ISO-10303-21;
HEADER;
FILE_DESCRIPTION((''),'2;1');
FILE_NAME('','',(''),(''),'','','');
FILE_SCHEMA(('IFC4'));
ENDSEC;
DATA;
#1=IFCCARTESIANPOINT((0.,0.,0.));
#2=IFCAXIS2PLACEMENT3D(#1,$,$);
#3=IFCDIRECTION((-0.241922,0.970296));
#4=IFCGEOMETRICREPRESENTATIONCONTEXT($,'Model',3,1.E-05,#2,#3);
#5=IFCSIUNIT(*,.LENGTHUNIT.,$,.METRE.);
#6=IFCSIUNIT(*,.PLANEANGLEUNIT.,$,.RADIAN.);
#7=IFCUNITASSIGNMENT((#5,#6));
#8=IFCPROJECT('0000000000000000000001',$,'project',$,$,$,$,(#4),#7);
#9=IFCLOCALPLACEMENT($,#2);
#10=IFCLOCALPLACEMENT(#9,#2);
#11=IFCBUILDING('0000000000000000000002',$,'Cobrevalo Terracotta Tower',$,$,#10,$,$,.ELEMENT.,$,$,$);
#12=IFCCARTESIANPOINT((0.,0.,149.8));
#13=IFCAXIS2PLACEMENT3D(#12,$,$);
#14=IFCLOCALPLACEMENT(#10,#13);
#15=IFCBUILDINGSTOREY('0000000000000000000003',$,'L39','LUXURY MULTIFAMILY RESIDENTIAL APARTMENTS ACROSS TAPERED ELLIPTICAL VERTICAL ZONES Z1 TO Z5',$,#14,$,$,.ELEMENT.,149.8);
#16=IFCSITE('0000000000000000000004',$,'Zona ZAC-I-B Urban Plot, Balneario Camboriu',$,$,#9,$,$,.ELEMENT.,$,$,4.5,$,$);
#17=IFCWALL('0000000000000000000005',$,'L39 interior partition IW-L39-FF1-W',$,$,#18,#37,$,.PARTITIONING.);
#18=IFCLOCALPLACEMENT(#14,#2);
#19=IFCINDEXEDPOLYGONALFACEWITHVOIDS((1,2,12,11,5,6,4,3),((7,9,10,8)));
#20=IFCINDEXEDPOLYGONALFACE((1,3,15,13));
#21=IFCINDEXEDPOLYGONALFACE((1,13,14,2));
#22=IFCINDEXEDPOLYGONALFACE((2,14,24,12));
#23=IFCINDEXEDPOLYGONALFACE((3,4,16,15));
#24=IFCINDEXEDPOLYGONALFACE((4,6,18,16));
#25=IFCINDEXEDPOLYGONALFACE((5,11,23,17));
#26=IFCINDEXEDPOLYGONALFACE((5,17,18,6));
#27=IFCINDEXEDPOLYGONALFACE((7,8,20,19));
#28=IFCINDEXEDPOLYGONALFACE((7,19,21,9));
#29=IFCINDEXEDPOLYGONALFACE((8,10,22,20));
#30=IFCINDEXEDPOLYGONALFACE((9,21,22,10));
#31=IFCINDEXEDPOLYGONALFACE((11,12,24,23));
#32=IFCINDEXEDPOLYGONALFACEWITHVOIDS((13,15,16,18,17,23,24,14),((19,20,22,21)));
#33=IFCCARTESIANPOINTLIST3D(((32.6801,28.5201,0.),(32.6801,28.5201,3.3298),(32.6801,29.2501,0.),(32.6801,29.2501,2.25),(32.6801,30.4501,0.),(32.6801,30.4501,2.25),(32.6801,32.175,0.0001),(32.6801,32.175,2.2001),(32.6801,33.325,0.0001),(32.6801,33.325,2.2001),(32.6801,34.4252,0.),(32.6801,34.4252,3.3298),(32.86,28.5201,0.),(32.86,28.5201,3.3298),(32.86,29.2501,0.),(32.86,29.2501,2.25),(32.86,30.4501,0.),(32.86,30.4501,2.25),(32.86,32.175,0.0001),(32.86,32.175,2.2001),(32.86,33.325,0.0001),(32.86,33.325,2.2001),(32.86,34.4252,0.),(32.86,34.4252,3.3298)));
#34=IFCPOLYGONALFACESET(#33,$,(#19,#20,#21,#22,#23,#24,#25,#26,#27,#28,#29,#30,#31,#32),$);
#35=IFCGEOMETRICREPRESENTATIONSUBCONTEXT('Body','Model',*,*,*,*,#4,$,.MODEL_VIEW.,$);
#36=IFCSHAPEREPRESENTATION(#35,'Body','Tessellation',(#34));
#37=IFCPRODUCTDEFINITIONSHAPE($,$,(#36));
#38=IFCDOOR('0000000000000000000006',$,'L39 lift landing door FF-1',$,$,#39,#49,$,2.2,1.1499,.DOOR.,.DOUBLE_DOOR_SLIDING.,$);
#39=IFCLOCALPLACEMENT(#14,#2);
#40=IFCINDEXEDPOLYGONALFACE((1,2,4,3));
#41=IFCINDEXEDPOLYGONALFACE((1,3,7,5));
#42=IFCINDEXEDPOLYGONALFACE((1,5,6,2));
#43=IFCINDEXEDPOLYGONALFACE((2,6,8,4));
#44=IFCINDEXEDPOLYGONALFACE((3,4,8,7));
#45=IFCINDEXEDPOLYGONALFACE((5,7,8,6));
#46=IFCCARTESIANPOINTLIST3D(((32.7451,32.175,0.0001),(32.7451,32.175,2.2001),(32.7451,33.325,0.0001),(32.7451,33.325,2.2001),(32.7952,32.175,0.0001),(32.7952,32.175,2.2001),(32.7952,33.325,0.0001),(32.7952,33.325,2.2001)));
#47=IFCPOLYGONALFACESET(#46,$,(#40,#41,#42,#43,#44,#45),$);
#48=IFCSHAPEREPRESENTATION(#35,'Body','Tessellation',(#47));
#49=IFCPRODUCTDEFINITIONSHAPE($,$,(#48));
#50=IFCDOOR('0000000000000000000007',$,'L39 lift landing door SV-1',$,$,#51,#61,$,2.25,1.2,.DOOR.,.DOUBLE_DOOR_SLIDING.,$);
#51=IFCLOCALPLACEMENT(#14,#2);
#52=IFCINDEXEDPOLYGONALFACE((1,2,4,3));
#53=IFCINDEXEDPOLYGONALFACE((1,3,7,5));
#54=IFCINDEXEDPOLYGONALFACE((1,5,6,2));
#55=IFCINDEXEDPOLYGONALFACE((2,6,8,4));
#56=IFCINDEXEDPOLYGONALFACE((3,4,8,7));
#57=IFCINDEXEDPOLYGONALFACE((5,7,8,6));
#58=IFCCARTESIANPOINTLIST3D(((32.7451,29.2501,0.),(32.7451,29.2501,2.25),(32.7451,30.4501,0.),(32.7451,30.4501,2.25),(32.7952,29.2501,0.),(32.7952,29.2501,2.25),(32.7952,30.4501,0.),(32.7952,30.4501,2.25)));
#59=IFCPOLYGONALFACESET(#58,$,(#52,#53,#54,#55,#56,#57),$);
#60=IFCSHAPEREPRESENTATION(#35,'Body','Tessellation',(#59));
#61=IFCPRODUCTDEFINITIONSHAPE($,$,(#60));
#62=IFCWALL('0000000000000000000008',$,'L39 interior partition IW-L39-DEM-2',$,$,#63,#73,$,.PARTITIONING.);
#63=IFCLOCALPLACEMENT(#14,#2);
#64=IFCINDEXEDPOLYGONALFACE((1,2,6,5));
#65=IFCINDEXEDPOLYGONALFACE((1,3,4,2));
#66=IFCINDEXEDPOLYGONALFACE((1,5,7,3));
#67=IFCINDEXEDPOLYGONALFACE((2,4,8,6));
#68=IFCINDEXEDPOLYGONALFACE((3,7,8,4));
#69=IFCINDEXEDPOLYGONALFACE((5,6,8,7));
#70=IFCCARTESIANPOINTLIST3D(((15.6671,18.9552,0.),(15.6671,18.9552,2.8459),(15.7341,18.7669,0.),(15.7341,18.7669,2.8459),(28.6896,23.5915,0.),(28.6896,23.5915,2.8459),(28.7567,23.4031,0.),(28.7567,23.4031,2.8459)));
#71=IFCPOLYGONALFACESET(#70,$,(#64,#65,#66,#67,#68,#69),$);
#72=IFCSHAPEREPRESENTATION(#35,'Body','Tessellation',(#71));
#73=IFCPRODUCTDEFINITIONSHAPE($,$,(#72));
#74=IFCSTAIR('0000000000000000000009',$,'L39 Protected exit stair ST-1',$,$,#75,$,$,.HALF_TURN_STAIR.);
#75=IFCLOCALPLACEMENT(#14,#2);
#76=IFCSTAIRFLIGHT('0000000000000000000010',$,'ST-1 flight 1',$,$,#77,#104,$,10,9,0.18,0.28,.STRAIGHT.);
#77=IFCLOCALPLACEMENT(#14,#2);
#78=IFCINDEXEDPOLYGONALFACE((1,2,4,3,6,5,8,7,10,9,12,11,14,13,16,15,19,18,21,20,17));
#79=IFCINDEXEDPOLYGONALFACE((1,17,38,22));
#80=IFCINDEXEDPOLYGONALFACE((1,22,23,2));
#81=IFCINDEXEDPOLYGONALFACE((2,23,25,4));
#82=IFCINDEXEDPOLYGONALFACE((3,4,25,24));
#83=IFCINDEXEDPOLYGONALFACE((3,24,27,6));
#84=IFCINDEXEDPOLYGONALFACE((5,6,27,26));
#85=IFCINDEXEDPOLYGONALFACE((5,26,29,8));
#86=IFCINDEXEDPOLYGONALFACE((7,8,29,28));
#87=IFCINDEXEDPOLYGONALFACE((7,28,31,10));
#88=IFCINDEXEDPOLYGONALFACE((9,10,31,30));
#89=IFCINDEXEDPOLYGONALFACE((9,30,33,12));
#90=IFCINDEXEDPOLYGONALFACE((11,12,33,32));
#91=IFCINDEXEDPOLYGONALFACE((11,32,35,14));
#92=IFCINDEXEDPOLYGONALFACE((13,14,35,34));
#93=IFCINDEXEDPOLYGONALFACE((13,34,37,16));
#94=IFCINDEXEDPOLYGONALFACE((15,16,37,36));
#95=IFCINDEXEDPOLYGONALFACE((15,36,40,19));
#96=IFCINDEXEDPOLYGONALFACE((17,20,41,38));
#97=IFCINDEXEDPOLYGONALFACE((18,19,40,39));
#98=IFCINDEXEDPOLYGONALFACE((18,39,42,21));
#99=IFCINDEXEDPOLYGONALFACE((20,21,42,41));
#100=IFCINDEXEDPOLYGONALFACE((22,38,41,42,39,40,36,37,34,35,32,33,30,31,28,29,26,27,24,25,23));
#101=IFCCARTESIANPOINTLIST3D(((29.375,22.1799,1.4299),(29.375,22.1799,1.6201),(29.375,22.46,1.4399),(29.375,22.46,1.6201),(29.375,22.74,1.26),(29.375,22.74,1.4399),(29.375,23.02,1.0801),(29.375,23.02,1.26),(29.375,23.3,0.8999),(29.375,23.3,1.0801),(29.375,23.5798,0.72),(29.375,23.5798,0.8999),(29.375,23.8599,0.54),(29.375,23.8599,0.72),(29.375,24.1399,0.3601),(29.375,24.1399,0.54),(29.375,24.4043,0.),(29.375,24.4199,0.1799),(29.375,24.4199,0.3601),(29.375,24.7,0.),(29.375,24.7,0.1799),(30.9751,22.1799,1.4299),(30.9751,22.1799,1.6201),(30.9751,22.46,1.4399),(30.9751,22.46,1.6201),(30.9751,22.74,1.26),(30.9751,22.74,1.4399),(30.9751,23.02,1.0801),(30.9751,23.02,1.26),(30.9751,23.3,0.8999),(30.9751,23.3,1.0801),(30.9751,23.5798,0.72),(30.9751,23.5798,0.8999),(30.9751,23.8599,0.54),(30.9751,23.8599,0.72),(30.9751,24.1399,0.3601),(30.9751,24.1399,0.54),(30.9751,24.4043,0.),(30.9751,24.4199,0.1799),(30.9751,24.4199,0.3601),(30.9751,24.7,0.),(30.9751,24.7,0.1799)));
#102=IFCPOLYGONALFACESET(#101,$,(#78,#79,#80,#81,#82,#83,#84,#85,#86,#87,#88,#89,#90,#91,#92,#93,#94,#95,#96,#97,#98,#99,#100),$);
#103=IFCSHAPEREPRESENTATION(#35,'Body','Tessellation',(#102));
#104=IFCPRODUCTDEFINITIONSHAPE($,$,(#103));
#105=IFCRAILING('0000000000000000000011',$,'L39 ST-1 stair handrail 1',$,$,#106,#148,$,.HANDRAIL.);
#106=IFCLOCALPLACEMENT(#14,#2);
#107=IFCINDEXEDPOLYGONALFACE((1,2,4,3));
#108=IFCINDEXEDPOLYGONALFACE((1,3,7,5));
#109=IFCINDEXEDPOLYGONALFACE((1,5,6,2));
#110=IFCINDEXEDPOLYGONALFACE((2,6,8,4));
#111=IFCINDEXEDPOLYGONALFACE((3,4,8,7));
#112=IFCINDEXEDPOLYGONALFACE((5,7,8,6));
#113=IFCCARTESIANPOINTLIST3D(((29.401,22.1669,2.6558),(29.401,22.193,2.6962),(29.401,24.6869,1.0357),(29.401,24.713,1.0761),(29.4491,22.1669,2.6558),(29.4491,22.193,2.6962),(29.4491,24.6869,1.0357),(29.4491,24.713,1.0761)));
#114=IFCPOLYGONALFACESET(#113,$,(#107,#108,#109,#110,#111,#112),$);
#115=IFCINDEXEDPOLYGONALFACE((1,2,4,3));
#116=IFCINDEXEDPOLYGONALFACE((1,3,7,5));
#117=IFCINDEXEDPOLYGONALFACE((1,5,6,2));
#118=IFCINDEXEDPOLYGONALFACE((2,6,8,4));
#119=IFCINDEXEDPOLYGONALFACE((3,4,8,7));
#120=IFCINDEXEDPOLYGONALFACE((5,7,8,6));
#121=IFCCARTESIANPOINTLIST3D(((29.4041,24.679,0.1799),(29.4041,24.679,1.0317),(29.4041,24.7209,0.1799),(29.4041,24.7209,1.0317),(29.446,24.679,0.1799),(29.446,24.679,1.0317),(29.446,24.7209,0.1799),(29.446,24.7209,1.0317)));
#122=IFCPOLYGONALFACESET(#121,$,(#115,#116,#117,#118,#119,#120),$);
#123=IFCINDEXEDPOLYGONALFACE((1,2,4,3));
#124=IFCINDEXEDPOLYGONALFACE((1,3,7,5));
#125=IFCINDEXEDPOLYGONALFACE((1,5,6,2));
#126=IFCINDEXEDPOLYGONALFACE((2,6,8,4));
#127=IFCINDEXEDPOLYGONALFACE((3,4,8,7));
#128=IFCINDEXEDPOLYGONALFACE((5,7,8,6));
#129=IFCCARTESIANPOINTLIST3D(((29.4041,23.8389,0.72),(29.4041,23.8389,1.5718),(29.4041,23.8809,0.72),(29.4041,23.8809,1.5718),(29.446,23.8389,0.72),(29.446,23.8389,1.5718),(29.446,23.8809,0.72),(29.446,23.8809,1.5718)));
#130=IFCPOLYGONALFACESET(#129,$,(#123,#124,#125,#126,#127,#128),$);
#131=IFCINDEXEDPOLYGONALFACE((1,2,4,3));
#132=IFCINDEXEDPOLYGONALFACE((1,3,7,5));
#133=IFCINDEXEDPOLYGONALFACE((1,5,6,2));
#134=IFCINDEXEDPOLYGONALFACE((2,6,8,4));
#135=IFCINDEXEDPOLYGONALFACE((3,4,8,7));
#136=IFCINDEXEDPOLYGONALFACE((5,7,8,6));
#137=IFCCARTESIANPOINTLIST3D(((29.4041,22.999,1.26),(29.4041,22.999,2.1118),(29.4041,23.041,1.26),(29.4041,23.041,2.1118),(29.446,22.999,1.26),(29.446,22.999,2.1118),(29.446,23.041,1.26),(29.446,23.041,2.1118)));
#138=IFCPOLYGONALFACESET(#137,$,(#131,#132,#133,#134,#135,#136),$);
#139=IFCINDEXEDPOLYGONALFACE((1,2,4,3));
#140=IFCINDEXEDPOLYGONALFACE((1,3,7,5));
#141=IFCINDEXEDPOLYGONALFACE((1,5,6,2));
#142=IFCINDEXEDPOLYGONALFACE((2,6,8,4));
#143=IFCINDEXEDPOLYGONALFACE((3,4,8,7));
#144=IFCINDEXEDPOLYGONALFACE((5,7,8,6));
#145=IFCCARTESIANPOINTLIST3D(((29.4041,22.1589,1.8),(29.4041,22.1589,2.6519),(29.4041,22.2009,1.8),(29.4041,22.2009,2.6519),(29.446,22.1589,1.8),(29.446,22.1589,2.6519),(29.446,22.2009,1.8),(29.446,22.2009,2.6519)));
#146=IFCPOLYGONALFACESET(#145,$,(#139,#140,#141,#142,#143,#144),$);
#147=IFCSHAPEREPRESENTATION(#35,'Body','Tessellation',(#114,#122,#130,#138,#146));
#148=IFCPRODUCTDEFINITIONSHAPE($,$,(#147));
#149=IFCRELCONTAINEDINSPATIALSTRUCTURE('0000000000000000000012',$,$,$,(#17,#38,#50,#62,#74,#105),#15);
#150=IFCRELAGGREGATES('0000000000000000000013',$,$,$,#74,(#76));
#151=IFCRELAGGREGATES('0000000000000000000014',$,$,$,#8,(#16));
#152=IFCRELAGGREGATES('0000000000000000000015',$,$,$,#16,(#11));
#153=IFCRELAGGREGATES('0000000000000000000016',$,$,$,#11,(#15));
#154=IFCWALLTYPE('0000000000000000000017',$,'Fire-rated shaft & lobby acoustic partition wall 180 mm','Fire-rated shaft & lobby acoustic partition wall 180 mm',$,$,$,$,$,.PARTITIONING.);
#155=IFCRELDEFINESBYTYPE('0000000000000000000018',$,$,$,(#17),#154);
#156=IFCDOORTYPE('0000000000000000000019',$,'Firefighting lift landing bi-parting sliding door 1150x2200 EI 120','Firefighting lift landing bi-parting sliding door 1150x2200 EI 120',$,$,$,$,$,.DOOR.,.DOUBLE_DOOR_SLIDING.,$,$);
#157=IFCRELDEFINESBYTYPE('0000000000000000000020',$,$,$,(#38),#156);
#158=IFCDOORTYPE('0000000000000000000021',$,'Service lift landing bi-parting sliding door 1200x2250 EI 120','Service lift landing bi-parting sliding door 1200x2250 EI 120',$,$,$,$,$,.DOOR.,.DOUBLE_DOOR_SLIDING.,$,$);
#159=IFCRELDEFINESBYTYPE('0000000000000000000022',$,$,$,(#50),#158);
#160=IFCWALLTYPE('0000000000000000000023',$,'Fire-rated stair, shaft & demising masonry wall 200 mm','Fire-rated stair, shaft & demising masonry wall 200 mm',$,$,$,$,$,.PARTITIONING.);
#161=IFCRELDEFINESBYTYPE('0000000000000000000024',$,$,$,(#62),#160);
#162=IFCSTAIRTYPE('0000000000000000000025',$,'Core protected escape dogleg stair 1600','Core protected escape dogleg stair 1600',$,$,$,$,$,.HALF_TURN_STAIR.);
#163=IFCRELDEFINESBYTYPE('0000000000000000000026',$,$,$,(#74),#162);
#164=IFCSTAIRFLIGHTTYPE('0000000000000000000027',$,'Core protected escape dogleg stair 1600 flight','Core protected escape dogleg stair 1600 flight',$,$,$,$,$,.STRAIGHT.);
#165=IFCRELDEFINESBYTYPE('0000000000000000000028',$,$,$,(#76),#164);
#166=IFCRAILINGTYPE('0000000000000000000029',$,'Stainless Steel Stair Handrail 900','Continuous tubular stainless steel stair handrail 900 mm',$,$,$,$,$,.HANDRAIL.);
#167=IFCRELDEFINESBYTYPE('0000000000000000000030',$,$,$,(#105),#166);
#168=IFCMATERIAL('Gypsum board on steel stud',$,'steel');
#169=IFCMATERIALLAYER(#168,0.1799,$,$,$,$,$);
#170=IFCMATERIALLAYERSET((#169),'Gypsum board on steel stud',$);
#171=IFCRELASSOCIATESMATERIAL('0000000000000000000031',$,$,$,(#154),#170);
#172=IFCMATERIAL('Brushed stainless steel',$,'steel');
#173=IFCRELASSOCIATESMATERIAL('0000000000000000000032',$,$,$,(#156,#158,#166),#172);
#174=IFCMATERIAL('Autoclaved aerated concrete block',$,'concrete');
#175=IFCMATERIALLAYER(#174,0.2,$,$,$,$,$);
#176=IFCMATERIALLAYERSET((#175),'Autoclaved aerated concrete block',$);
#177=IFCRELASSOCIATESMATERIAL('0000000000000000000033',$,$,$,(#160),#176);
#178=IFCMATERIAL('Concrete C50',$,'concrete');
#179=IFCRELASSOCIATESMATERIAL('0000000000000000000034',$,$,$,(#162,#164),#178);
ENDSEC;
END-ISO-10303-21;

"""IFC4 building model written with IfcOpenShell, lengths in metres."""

from ifc_helpers import new_model, si_unit, direction, frame, frame_2d, origin, origin_2d, place, context, subcontext, project, spatial, polyline, rectangle, outline, extrude, source, transform, mapped, material, layer, layer_set, type_object, element, fill, aggregate, save


model = new_model("IFC4")

# Units and contexts
model_context = context("Model", 3, precision=1e-05, world=origin(), true_north=direction((-0.241922, 0.970296)))
body_context = subcontext(model_context, "Body", "Model", "MODEL_VIEW")
ifc_project = project(units=[si_unit("LENGTHUNIT", "METRE"), si_unit("PLANEANGLEUNIT", "RADIAN")], contexts=[model_context])

# Site, building, storey
site_placement = place(None, origin())
site = spatial("IfcSite", under=ifc_project, at=site_placement, Name="Zona ZAC-I-B Urban Plot, Balneario Camboriu", CompositionType="ELEMENT", RefElevation=4.5)
building_placement = place(site_placement, origin())
building = spatial("IfcBuilding", under=site, at=building_placement, Name="Cobrevalo Terracotta Tower", CompositionType="ELEMENT")
storey_placement = place(building_placement, frame((0.0, 0.0, 149.8)))
storey = spatial("IfcBuildingStorey", under=building, at=storey_placement, Name="L39", Description="LUXURY MULTIFAMILY RESIDENTIAL APARTMENTS ACROSS TAPERED ELLIPTICAL VERTICAL ZONES Z1 TO Z5", CompositionType="ELEMENT", Elevation=149.8)

# Shared definitions
ifc_material_1 = material(Name="Gypsum board on steel stud", Category="steel")

# Shared definitions
ifc_layer_1 = layer(ifc_material_1, 0.1799)
ifc_layer_set_1 = layer_set([ifc_layer_1], Name="Gypsum board on steel stud")
wall_type_1 = type_object("IfcWallType", Name="Fire-rated shaft & lobby acoustic partition wall 180 mm", Description="Fire-rated shaft & lobby acoustic partition wall 180 mm", PredefinedType="PARTITIONING", material=ifc_layer_set_1)

# Wall, openings, doors
wall_1_placement = place(storey_placement, frame((32.77, 28.52, 0.0), z_axis=(0.0, 0.0, 1.0), x_axis=(0.0, 1.0, 0.0)))
wall_1 = element("IfcWall", 1, at=wall_1_placement, inside=storey, type_object=wall_type_1, Name="L39 interior partition IW-L39-FF1-W", PredefinedType="PARTITIONING", context=body_context, shape_type="SweptSolid", body=[
    extrude(rectangle(XDim=5.905, YDim=0.1799, at=frame_2d((2.9526, 0.0))), origin(), (0.0, 0.0, 1.0), 3.3298),
])
opening_1_placement = place(wall_1_placement, frame((3.655, 0.0, 0.0)))
opening_1 = element("IfcOpeningElement", 2, at=opening_1_placement, cuts=wall_1, PredefinedType="OPENING", context=body_context, shape_type="SweptSolid", body=[
    extrude(rectangle(XDim=1.1499, YDim=2.2, at=frame_2d((0.575, 1.1001))), frame((0.0, 0.1001, 0.0), z_axis=(0.0, -1.0, 0.0), x_axis=(1.0, 0.0, 0.0)), (0.0, 0.0, 1.0), 0.2),
])
opening_2_placement = place(wall_1_placement, frame((0.73, 0.0, 0.0)))
opening_2 = element("IfcOpeningElement", 3, at=opening_2_placement, cuts=wall_1, PredefinedType="OPENING", context=body_context, shape_type="SweptSolid", body=[
    extrude(rectangle(XDim=1.2, YDim=2.25, at=frame_2d((0.6001, 1.125))), frame((0.0, 0.1001, 0.0), z_axis=(0.0, -1.0, 0.0), x_axis=(1.0, 0.0, 0.0)), (0.0, 0.0, 1.0), 0.2),
])
ifc_material_2 = material(Name="Brushed stainless steel", Category="steel")
door_type_1 = type_object("IfcDoorType", Name="Firefighting lift landing bi-parting sliding door 1150x2200 EI 120", Description="Firefighting lift landing bi-parting sliding door 1150x2200 EI 120", OperationType="DOUBLE_DOOR_SLIDING", PredefinedType="DOOR", material=ifc_material_2)
shared_shape_1 = source(origin(), body_context, "Body", "SweptSolid", [
    extrude(rectangle(XDim=1.1499, YDim=2.2, at=frame_2d((0.575, 1.1001))), frame((0.0, 0.0249, 0.0), z_axis=(0.0, -1.0, 0.0), x_axis=(1.0, 0.0, 0.0)), (0.0, 0.0, 1.0), 0.05),
])
door_1_placement = place(opening_1_placement, origin())
door_1 = element("IfcDoor", 4, at=door_1_placement, inside=storey, type_object=door_type_1, Name="L39 lift landing door FF-1", OperationType="DOUBLE_DOOR_SLIDING", OverallHeight=2.2, OverallWidth=1.1499, PredefinedType="DOOR", context=body_context, shape_type="MappedRepresentation", body=[
    mapped(shared_shape_1, transform((0.0, 0.0, 0.0), scale=1.0)),
])
fill(opening_1, door_1)
door_type_2 = type_object("IfcDoorType", Name="Service lift landing bi-parting sliding door 1200x2250 EI 120", Description="Service lift landing bi-parting sliding door 1200x2250 EI 120", OperationType="DOUBLE_DOOR_SLIDING", PredefinedType="DOOR", material=ifc_material_2)
shared_shape_2 = source(origin(), body_context, "Body", "SweptSolid", [
    extrude(rectangle(XDim=1.2, YDim=2.25, at=frame_2d((0.6001, 1.125))), frame((0.0, 0.0249, 0.0), z_axis=(0.0, -1.0, 0.0), x_axis=(1.0, 0.0, 0.0)), (0.0, 0.0, 1.0), 0.05),
])
door_2_placement = place(opening_2_placement, origin())
door_2 = element("IfcDoor", 5, at=door_2_placement, inside=storey, type_object=door_type_2, Name="L39 lift landing door SV-1", OperationType="DOUBLE_DOOR_SLIDING", OverallHeight=2.25, OverallWidth=1.2, PredefinedType="DOOR", context=body_context, shape_type="MappedRepresentation", body=[
    mapped(shared_shape_2, transform((0.0, 0.0, 0.0), scale=1.0)),
])
fill(opening_2, door_2)

# Wall
ifc_material_3 = material(Name="Autoclaved aerated concrete block", Category="concrete")
ifc_layer_2 = layer(ifc_material_3, 0.2)
ifc_layer_set_2 = layer_set([ifc_layer_2], Name="Autoclaved aerated concrete block")
wall_type_2 = type_object("IfcWallType", Name="Fire-rated stair, shaft & demising masonry wall 200 mm", Description="Fire-rated stair, shaft & demising masonry wall 200 mm", PredefinedType="PARTITIONING", material=ifc_layer_set_2)
wall_2_placement = place(storey_placement, frame((28.7231, 23.4973, 0.0), z_axis=(0.0, 0.0, 1.0), x_axis=(-0.942077, -0.335396, 0.0)))
element("IfcWall", 6, at=wall_2_placement, inside=storey, type_object=wall_type_2, Name="L39 interior partition IW-L39-DEM-2", PredefinedType="PARTITIONING", context=body_context, shape_type="SweptSolid", body=[
    extrude(rectangle(XDim=13.8232, YDim=0.2, at=frame_2d((6.9116, 0.0))), origin(), (0.0, 0.0, 1.0), 2.8459),
])

# Shared definitions
ifc_material_4 = material(Name="Concrete C50", Category="concrete")

# Stair, stair flight
stair_type = type_object("IfcStairType", Name="Core protected escape dogleg stair 1600", Description="Core protected escape dogleg stair 1600", PredefinedType="HALF_TURN_STAIR", material=ifc_material_4)
stair_placement = place(storey_placement, origin())
stair = element("IfcStair", 7, at=stair_placement, inside=storey, type_object=stair_type, Name="L39 Protected exit stair ST-1", PredefinedType="HALF_TURN_STAIR")
stair_flight_type = type_object("IfcStairFlightType", Name="Core protected escape dogleg stair 1600 flight", Description="Core protected escape dogleg stair 1600 flight", PredefinedType="STRAIGHT", material=ifc_material_4)
stair_flight_placement = place(storey_placement, frame((30.175, 24.7, 0.0), z_axis=(0.0, 0.0, 1.0), x_axis=(0.0, -1.0, 0.0)))
stair_flight = element("IfcStairFlight", 8, at=stair_flight_placement, type_object=stair_flight_type, Name="ST-1 flight 1", NumberOfRisers=10, NumberOfTreads=9, PredefinedType="STRAIGHT", RiserHeight=0.18, TreadLength=0.28, context=body_context, shape_type="SweptSolid", body=[
    extrude(outline(polyline([(0.0, 0.0), (0.0, 0.1799), (0.28, 0.1799), (0.28, 0.3601), (0.5601, 0.3601), (0.5601, 0.54), (0.8401, 0.54), (0.8401, 0.72), (1.1201, 0.72), (1.1201, 0.8999), (1.3999, 0.8999), (1.3999, 1.0801), (1.6799, 1.0801), (1.6799, 1.26), (1.96, 1.26), (1.96, 1.4399), (2.24, 1.4399), (2.24, 1.6201), (2.52, 1.6201), (2.52, 1.8), (2.52, 1.4299), (0.2957, 0.0), (0.0, 0.0)])), frame((0.0, 0.8, 0.0), z_axis=(0.0, -1.0, 0.0), x_axis=(1.0, 0.0, 0.0)), (0.0, 0.0, 1.0), 1.6001),
])
aggregate(stair, [stair_flight])

# Railing
railing_type_1 = type_object("IfcRailingType", Name="Stainless Steel Stair Handrail 900", Description="Continuous tubular stainless steel stair handrail 900 mm", PredefinedType="HANDRAIL", material=ifc_material_2)
railing_1_placement = place(storey_placement, frame((29.425, 24.7, 0.1799)))
element("IfcRailing", 9, at=railing_1_placement, inside=storey, type_object=railing_type_1, Name="L39 ST-1 stair handrail 1", PredefinedType="HANDRAIL", context=body_context, shape_type="SweptSolid", body=[
    extrude(rectangle(XDim=0.0481, YDim=0.0481, at=origin_2d()), frame((0.0, 0.0, 0.876), z_axis=(0.0, -0.841163, 0.540782), x_axis=(1.0, 0.0, 0.0)), (0.0, 0.0, 1.0), 2.9958),
    extrude(rectangle(XDim=0.042, YDim=0.042, at=origin_2d()), origin(), (0.0, 0.0, 1.0), 0.8518),
    extrude(rectangle(XDim=0.042, YDim=0.042, at=origin_2d()), frame((0.0, -0.8401, 0.54)), (0.0, 0.0, 1.0), 0.8518),
    extrude(rectangle(XDim=0.042, YDim=0.042, at=origin_2d()), frame((0.0, -1.6799, 1.0801)), (0.0, 0.0, 1.0), 0.8518),
    extrude(rectangle(XDim=0.042, YDim=0.042, at=origin_2d()), frame((0.0, -2.52, 1.6201)), (0.0, 0.0, 1.0), 0.8518),
])

save(model, "model.ifc")
